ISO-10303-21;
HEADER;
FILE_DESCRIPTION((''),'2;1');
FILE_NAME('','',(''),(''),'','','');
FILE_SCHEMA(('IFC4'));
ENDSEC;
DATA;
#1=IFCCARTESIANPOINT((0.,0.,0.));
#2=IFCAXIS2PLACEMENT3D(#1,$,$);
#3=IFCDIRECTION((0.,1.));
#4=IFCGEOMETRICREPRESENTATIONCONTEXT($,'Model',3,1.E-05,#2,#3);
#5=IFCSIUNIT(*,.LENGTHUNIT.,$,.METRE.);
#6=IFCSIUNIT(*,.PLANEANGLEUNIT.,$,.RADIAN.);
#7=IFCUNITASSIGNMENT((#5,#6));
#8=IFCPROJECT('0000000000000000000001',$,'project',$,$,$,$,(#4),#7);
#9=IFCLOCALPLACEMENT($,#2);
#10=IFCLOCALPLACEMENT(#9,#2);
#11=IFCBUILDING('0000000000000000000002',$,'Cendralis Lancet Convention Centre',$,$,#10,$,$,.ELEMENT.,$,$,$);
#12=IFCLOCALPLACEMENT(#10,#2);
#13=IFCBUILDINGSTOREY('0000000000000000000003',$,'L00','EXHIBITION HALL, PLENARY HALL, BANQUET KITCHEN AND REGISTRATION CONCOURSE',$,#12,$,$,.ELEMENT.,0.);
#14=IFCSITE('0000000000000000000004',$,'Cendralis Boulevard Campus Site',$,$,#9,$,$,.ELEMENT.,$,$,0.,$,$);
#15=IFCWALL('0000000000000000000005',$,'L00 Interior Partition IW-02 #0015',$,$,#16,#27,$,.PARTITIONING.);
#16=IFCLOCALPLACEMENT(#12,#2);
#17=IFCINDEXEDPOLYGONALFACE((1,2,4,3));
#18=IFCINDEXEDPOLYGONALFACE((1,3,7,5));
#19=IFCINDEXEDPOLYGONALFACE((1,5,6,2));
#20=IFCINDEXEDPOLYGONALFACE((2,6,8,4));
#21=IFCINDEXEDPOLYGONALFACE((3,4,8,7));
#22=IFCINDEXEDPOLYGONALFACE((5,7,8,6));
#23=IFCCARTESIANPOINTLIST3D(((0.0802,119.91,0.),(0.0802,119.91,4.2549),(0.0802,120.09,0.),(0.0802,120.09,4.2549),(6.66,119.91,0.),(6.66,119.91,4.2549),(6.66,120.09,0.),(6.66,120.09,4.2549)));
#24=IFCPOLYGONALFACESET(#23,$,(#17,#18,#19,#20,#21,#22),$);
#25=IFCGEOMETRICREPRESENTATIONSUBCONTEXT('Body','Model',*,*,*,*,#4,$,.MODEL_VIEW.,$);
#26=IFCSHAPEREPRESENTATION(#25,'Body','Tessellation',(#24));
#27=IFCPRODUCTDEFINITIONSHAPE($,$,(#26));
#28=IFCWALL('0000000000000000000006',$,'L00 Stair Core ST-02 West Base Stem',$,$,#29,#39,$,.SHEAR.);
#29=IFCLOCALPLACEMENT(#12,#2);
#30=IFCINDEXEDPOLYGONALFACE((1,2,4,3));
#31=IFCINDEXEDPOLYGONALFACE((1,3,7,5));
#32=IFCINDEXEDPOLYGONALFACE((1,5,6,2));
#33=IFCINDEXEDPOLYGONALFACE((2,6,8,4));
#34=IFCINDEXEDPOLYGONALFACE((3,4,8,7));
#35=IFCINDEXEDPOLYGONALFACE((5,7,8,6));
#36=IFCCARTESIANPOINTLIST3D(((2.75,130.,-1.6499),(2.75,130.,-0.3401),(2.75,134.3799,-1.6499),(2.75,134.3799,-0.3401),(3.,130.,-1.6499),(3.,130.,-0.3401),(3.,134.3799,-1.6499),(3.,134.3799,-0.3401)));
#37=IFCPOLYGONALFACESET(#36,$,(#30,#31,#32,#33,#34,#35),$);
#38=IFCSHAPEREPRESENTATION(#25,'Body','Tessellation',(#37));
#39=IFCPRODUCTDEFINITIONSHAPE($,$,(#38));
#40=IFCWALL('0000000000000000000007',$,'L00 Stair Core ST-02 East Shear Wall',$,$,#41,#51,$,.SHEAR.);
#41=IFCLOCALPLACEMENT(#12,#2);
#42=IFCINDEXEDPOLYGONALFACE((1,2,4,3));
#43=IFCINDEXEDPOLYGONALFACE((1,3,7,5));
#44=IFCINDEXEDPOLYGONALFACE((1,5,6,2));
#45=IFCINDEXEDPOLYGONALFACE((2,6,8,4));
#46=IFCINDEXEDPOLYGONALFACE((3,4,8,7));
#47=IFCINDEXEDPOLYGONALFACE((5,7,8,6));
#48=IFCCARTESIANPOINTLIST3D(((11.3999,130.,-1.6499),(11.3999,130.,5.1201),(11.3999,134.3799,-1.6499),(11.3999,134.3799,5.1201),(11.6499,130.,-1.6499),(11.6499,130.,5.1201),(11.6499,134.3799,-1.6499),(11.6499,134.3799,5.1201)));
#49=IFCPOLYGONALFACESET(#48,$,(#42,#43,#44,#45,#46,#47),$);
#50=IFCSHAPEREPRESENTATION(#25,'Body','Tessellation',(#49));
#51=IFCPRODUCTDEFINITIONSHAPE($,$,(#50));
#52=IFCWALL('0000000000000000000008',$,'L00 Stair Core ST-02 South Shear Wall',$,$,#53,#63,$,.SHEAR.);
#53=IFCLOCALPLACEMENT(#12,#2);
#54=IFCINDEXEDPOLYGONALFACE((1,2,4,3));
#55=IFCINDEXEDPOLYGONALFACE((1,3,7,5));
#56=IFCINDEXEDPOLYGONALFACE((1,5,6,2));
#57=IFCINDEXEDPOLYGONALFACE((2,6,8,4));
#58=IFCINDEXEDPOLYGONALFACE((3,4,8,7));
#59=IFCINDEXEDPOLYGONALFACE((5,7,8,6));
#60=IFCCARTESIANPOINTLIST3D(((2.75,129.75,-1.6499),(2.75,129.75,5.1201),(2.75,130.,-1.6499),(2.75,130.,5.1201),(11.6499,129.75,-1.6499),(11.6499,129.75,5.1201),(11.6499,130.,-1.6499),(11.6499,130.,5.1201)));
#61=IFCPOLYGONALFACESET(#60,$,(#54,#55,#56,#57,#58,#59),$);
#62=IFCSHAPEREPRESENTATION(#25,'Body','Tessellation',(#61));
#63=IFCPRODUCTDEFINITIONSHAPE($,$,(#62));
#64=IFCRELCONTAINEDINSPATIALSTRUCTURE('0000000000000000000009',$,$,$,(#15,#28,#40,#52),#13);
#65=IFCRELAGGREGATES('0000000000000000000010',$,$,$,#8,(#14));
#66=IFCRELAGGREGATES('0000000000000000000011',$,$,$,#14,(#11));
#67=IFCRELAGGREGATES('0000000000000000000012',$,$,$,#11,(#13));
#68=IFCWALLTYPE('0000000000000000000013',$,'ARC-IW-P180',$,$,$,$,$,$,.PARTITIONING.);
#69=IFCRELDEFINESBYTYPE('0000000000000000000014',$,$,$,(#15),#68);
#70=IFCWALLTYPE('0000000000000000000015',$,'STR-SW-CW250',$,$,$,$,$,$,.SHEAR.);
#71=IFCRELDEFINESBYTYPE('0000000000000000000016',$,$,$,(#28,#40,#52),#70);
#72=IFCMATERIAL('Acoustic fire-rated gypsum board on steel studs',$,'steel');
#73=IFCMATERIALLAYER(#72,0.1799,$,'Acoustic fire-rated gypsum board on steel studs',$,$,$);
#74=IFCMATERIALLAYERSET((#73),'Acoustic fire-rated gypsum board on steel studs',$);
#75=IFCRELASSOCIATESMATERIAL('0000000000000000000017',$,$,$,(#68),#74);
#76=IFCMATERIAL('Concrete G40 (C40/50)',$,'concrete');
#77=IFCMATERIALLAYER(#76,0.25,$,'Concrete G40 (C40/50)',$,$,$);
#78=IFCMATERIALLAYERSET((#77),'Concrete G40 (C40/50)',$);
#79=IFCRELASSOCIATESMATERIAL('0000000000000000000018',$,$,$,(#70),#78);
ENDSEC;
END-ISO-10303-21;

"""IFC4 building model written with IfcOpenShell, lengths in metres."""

from ifc_helpers import new_model, si_unit, direction, frame, frame_2d, origin, place, context, subcontext, project, spatial, rectangle, extrude, material, layer, layer_set, type_object, element, save


model = new_model("IFC4")

# Units and contexts
model_context = context("Model", 3, precision=1e-05, world=origin(), true_north=direction((0.0, 1.0)))
body_context = subcontext(model_context, "Body", "Model", "MODEL_VIEW")
ifc_project = project(units=[si_unit("LENGTHUNIT", "METRE"), si_unit("PLANEANGLEUNIT", "RADIAN")], contexts=[model_context])

# Site, building, storey
site_placement = place(None, origin())
site = spatial("IfcSite", under=ifc_project, at=site_placement, Name="Cendralis Boulevard Campus Site", CompositionType="ELEMENT", RefElevation=0.0)
building_placement = place(site_placement, origin())
building = spatial("IfcBuilding", under=site, at=building_placement, Name="Cendralis Lancet Convention Centre", CompositionType="ELEMENT")
storey_placement = place(building_placement, origin())
storey = spatial("IfcBuildingStorey", under=building, at=storey_placement, Name="L00", Description="EXHIBITION HALL, PLENARY HALL, BANQUET KITCHEN AND REGISTRATION CONCOURSE", CompositionType="ELEMENT", Elevation=0.0)

# Walls
ifc_material_1 = material(Name="Acoustic fire-rated gypsum board on steel studs", Category="steel")
ifc_layer_1 = layer(ifc_material_1, 0.1799, Name="Acoustic fire-rated gypsum board on steel studs")
ifc_layer_set_1 = layer_set([ifc_layer_1], Name="Acoustic fire-rated gypsum board on steel studs")
wall_type_1 = type_object("IfcWallType", Name="ARC-IW-P180", PredefinedType="PARTITIONING", material=ifc_layer_set_1)
wall_1_placement = place(storey_placement, frame((0.0801, 120.0, 0.0), z_axis=(0.0, 0.0, 1.0), x_axis=(1.0, 0.0, 0.0)))
element("IfcWall", 1, at=wall_1_placement, inside=storey, type_object=wall_type_1, Name="L00 Interior Partition IW-02 #0015", PredefinedType="PARTITIONING", context=body_context, shape_type="SweptSolid", body=[
    extrude(rectangle(XDim=6.5798, YDim=0.1799, at=frame_2d((3.29, 0.0))), origin(), (0.0, 0.0, 1.0), 4.2549),
])
ifc_material_2 = material(Name="Concrete G40 (C40/50)", Category="concrete")
ifc_layer_2 = layer(ifc_material_2, 0.25, Name="Concrete G40 (C40/50)")
ifc_layer_set_2 = layer_set([ifc_layer_2], Name="Concrete G40 (C40/50)")
wall_type_2 = type_object("IfcWallType", Name="STR-SW-CW250", PredefinedType="SHEAR", material=ifc_layer_set_2)
wall_2_placement = place(storey_placement, frame((2.875, 130.0, -1.6499), z_axis=(0.0, 0.0, 1.0), x_axis=(0.0, 1.0, 0.0)))
element("IfcWall", 2, at=wall_2_placement, inside=storey, type_object=wall_type_2, Name="L00 Stair Core ST-02 West Base Stem", PredefinedType="SHEAR", context=body_context, shape_type="SweptSolid", body=[
    extrude(rectangle(XDim=4.3799, YDim=0.25, at=frame_2d((2.1899, 0.0))), origin(), (0.0, 0.0, 1.0), 1.3098),
])

# Walls
wall_3_placement = place(storey_placement, frame((11.5249, 130.0, -1.6499), z_axis=(0.0, 0.0, 1.0), x_axis=(0.0, 1.0, 0.0)))
element("IfcWall", 3, at=wall_3_placement, inside=storey, type_object=wall_type_2, Name="L00 Stair Core ST-02 East Shear Wall", PredefinedType="SHEAR", context=body_context, shape_type="SweptSolid", body=[
    extrude(rectangle(XDim=4.3799, YDim=0.25, at=frame_2d((2.1899, 0.0))), origin(), (0.0, 0.0, 1.0), 6.77),
])
wall_4_placement = place(storey_placement, frame((2.75, 129.875, -1.6499), z_axis=(0.0, 0.0, 1.0), x_axis=(1.0, 0.0, 0.0)))
element("IfcWall", 4, at=wall_4_placement, inside=storey, type_object=wall_type_2, Name="L00 Stair Core ST-02 South Shear Wall", PredefinedType="SHEAR", context=body_context, shape_type="SweptSolid", body=[
    extrude(rectangle(XDim=8.8999, YDim=0.25, at=frame_2d((4.45, 0.0))), origin(), (0.0, 0.0, 1.0), 6.77),
])

save(model, "model.ifc")
